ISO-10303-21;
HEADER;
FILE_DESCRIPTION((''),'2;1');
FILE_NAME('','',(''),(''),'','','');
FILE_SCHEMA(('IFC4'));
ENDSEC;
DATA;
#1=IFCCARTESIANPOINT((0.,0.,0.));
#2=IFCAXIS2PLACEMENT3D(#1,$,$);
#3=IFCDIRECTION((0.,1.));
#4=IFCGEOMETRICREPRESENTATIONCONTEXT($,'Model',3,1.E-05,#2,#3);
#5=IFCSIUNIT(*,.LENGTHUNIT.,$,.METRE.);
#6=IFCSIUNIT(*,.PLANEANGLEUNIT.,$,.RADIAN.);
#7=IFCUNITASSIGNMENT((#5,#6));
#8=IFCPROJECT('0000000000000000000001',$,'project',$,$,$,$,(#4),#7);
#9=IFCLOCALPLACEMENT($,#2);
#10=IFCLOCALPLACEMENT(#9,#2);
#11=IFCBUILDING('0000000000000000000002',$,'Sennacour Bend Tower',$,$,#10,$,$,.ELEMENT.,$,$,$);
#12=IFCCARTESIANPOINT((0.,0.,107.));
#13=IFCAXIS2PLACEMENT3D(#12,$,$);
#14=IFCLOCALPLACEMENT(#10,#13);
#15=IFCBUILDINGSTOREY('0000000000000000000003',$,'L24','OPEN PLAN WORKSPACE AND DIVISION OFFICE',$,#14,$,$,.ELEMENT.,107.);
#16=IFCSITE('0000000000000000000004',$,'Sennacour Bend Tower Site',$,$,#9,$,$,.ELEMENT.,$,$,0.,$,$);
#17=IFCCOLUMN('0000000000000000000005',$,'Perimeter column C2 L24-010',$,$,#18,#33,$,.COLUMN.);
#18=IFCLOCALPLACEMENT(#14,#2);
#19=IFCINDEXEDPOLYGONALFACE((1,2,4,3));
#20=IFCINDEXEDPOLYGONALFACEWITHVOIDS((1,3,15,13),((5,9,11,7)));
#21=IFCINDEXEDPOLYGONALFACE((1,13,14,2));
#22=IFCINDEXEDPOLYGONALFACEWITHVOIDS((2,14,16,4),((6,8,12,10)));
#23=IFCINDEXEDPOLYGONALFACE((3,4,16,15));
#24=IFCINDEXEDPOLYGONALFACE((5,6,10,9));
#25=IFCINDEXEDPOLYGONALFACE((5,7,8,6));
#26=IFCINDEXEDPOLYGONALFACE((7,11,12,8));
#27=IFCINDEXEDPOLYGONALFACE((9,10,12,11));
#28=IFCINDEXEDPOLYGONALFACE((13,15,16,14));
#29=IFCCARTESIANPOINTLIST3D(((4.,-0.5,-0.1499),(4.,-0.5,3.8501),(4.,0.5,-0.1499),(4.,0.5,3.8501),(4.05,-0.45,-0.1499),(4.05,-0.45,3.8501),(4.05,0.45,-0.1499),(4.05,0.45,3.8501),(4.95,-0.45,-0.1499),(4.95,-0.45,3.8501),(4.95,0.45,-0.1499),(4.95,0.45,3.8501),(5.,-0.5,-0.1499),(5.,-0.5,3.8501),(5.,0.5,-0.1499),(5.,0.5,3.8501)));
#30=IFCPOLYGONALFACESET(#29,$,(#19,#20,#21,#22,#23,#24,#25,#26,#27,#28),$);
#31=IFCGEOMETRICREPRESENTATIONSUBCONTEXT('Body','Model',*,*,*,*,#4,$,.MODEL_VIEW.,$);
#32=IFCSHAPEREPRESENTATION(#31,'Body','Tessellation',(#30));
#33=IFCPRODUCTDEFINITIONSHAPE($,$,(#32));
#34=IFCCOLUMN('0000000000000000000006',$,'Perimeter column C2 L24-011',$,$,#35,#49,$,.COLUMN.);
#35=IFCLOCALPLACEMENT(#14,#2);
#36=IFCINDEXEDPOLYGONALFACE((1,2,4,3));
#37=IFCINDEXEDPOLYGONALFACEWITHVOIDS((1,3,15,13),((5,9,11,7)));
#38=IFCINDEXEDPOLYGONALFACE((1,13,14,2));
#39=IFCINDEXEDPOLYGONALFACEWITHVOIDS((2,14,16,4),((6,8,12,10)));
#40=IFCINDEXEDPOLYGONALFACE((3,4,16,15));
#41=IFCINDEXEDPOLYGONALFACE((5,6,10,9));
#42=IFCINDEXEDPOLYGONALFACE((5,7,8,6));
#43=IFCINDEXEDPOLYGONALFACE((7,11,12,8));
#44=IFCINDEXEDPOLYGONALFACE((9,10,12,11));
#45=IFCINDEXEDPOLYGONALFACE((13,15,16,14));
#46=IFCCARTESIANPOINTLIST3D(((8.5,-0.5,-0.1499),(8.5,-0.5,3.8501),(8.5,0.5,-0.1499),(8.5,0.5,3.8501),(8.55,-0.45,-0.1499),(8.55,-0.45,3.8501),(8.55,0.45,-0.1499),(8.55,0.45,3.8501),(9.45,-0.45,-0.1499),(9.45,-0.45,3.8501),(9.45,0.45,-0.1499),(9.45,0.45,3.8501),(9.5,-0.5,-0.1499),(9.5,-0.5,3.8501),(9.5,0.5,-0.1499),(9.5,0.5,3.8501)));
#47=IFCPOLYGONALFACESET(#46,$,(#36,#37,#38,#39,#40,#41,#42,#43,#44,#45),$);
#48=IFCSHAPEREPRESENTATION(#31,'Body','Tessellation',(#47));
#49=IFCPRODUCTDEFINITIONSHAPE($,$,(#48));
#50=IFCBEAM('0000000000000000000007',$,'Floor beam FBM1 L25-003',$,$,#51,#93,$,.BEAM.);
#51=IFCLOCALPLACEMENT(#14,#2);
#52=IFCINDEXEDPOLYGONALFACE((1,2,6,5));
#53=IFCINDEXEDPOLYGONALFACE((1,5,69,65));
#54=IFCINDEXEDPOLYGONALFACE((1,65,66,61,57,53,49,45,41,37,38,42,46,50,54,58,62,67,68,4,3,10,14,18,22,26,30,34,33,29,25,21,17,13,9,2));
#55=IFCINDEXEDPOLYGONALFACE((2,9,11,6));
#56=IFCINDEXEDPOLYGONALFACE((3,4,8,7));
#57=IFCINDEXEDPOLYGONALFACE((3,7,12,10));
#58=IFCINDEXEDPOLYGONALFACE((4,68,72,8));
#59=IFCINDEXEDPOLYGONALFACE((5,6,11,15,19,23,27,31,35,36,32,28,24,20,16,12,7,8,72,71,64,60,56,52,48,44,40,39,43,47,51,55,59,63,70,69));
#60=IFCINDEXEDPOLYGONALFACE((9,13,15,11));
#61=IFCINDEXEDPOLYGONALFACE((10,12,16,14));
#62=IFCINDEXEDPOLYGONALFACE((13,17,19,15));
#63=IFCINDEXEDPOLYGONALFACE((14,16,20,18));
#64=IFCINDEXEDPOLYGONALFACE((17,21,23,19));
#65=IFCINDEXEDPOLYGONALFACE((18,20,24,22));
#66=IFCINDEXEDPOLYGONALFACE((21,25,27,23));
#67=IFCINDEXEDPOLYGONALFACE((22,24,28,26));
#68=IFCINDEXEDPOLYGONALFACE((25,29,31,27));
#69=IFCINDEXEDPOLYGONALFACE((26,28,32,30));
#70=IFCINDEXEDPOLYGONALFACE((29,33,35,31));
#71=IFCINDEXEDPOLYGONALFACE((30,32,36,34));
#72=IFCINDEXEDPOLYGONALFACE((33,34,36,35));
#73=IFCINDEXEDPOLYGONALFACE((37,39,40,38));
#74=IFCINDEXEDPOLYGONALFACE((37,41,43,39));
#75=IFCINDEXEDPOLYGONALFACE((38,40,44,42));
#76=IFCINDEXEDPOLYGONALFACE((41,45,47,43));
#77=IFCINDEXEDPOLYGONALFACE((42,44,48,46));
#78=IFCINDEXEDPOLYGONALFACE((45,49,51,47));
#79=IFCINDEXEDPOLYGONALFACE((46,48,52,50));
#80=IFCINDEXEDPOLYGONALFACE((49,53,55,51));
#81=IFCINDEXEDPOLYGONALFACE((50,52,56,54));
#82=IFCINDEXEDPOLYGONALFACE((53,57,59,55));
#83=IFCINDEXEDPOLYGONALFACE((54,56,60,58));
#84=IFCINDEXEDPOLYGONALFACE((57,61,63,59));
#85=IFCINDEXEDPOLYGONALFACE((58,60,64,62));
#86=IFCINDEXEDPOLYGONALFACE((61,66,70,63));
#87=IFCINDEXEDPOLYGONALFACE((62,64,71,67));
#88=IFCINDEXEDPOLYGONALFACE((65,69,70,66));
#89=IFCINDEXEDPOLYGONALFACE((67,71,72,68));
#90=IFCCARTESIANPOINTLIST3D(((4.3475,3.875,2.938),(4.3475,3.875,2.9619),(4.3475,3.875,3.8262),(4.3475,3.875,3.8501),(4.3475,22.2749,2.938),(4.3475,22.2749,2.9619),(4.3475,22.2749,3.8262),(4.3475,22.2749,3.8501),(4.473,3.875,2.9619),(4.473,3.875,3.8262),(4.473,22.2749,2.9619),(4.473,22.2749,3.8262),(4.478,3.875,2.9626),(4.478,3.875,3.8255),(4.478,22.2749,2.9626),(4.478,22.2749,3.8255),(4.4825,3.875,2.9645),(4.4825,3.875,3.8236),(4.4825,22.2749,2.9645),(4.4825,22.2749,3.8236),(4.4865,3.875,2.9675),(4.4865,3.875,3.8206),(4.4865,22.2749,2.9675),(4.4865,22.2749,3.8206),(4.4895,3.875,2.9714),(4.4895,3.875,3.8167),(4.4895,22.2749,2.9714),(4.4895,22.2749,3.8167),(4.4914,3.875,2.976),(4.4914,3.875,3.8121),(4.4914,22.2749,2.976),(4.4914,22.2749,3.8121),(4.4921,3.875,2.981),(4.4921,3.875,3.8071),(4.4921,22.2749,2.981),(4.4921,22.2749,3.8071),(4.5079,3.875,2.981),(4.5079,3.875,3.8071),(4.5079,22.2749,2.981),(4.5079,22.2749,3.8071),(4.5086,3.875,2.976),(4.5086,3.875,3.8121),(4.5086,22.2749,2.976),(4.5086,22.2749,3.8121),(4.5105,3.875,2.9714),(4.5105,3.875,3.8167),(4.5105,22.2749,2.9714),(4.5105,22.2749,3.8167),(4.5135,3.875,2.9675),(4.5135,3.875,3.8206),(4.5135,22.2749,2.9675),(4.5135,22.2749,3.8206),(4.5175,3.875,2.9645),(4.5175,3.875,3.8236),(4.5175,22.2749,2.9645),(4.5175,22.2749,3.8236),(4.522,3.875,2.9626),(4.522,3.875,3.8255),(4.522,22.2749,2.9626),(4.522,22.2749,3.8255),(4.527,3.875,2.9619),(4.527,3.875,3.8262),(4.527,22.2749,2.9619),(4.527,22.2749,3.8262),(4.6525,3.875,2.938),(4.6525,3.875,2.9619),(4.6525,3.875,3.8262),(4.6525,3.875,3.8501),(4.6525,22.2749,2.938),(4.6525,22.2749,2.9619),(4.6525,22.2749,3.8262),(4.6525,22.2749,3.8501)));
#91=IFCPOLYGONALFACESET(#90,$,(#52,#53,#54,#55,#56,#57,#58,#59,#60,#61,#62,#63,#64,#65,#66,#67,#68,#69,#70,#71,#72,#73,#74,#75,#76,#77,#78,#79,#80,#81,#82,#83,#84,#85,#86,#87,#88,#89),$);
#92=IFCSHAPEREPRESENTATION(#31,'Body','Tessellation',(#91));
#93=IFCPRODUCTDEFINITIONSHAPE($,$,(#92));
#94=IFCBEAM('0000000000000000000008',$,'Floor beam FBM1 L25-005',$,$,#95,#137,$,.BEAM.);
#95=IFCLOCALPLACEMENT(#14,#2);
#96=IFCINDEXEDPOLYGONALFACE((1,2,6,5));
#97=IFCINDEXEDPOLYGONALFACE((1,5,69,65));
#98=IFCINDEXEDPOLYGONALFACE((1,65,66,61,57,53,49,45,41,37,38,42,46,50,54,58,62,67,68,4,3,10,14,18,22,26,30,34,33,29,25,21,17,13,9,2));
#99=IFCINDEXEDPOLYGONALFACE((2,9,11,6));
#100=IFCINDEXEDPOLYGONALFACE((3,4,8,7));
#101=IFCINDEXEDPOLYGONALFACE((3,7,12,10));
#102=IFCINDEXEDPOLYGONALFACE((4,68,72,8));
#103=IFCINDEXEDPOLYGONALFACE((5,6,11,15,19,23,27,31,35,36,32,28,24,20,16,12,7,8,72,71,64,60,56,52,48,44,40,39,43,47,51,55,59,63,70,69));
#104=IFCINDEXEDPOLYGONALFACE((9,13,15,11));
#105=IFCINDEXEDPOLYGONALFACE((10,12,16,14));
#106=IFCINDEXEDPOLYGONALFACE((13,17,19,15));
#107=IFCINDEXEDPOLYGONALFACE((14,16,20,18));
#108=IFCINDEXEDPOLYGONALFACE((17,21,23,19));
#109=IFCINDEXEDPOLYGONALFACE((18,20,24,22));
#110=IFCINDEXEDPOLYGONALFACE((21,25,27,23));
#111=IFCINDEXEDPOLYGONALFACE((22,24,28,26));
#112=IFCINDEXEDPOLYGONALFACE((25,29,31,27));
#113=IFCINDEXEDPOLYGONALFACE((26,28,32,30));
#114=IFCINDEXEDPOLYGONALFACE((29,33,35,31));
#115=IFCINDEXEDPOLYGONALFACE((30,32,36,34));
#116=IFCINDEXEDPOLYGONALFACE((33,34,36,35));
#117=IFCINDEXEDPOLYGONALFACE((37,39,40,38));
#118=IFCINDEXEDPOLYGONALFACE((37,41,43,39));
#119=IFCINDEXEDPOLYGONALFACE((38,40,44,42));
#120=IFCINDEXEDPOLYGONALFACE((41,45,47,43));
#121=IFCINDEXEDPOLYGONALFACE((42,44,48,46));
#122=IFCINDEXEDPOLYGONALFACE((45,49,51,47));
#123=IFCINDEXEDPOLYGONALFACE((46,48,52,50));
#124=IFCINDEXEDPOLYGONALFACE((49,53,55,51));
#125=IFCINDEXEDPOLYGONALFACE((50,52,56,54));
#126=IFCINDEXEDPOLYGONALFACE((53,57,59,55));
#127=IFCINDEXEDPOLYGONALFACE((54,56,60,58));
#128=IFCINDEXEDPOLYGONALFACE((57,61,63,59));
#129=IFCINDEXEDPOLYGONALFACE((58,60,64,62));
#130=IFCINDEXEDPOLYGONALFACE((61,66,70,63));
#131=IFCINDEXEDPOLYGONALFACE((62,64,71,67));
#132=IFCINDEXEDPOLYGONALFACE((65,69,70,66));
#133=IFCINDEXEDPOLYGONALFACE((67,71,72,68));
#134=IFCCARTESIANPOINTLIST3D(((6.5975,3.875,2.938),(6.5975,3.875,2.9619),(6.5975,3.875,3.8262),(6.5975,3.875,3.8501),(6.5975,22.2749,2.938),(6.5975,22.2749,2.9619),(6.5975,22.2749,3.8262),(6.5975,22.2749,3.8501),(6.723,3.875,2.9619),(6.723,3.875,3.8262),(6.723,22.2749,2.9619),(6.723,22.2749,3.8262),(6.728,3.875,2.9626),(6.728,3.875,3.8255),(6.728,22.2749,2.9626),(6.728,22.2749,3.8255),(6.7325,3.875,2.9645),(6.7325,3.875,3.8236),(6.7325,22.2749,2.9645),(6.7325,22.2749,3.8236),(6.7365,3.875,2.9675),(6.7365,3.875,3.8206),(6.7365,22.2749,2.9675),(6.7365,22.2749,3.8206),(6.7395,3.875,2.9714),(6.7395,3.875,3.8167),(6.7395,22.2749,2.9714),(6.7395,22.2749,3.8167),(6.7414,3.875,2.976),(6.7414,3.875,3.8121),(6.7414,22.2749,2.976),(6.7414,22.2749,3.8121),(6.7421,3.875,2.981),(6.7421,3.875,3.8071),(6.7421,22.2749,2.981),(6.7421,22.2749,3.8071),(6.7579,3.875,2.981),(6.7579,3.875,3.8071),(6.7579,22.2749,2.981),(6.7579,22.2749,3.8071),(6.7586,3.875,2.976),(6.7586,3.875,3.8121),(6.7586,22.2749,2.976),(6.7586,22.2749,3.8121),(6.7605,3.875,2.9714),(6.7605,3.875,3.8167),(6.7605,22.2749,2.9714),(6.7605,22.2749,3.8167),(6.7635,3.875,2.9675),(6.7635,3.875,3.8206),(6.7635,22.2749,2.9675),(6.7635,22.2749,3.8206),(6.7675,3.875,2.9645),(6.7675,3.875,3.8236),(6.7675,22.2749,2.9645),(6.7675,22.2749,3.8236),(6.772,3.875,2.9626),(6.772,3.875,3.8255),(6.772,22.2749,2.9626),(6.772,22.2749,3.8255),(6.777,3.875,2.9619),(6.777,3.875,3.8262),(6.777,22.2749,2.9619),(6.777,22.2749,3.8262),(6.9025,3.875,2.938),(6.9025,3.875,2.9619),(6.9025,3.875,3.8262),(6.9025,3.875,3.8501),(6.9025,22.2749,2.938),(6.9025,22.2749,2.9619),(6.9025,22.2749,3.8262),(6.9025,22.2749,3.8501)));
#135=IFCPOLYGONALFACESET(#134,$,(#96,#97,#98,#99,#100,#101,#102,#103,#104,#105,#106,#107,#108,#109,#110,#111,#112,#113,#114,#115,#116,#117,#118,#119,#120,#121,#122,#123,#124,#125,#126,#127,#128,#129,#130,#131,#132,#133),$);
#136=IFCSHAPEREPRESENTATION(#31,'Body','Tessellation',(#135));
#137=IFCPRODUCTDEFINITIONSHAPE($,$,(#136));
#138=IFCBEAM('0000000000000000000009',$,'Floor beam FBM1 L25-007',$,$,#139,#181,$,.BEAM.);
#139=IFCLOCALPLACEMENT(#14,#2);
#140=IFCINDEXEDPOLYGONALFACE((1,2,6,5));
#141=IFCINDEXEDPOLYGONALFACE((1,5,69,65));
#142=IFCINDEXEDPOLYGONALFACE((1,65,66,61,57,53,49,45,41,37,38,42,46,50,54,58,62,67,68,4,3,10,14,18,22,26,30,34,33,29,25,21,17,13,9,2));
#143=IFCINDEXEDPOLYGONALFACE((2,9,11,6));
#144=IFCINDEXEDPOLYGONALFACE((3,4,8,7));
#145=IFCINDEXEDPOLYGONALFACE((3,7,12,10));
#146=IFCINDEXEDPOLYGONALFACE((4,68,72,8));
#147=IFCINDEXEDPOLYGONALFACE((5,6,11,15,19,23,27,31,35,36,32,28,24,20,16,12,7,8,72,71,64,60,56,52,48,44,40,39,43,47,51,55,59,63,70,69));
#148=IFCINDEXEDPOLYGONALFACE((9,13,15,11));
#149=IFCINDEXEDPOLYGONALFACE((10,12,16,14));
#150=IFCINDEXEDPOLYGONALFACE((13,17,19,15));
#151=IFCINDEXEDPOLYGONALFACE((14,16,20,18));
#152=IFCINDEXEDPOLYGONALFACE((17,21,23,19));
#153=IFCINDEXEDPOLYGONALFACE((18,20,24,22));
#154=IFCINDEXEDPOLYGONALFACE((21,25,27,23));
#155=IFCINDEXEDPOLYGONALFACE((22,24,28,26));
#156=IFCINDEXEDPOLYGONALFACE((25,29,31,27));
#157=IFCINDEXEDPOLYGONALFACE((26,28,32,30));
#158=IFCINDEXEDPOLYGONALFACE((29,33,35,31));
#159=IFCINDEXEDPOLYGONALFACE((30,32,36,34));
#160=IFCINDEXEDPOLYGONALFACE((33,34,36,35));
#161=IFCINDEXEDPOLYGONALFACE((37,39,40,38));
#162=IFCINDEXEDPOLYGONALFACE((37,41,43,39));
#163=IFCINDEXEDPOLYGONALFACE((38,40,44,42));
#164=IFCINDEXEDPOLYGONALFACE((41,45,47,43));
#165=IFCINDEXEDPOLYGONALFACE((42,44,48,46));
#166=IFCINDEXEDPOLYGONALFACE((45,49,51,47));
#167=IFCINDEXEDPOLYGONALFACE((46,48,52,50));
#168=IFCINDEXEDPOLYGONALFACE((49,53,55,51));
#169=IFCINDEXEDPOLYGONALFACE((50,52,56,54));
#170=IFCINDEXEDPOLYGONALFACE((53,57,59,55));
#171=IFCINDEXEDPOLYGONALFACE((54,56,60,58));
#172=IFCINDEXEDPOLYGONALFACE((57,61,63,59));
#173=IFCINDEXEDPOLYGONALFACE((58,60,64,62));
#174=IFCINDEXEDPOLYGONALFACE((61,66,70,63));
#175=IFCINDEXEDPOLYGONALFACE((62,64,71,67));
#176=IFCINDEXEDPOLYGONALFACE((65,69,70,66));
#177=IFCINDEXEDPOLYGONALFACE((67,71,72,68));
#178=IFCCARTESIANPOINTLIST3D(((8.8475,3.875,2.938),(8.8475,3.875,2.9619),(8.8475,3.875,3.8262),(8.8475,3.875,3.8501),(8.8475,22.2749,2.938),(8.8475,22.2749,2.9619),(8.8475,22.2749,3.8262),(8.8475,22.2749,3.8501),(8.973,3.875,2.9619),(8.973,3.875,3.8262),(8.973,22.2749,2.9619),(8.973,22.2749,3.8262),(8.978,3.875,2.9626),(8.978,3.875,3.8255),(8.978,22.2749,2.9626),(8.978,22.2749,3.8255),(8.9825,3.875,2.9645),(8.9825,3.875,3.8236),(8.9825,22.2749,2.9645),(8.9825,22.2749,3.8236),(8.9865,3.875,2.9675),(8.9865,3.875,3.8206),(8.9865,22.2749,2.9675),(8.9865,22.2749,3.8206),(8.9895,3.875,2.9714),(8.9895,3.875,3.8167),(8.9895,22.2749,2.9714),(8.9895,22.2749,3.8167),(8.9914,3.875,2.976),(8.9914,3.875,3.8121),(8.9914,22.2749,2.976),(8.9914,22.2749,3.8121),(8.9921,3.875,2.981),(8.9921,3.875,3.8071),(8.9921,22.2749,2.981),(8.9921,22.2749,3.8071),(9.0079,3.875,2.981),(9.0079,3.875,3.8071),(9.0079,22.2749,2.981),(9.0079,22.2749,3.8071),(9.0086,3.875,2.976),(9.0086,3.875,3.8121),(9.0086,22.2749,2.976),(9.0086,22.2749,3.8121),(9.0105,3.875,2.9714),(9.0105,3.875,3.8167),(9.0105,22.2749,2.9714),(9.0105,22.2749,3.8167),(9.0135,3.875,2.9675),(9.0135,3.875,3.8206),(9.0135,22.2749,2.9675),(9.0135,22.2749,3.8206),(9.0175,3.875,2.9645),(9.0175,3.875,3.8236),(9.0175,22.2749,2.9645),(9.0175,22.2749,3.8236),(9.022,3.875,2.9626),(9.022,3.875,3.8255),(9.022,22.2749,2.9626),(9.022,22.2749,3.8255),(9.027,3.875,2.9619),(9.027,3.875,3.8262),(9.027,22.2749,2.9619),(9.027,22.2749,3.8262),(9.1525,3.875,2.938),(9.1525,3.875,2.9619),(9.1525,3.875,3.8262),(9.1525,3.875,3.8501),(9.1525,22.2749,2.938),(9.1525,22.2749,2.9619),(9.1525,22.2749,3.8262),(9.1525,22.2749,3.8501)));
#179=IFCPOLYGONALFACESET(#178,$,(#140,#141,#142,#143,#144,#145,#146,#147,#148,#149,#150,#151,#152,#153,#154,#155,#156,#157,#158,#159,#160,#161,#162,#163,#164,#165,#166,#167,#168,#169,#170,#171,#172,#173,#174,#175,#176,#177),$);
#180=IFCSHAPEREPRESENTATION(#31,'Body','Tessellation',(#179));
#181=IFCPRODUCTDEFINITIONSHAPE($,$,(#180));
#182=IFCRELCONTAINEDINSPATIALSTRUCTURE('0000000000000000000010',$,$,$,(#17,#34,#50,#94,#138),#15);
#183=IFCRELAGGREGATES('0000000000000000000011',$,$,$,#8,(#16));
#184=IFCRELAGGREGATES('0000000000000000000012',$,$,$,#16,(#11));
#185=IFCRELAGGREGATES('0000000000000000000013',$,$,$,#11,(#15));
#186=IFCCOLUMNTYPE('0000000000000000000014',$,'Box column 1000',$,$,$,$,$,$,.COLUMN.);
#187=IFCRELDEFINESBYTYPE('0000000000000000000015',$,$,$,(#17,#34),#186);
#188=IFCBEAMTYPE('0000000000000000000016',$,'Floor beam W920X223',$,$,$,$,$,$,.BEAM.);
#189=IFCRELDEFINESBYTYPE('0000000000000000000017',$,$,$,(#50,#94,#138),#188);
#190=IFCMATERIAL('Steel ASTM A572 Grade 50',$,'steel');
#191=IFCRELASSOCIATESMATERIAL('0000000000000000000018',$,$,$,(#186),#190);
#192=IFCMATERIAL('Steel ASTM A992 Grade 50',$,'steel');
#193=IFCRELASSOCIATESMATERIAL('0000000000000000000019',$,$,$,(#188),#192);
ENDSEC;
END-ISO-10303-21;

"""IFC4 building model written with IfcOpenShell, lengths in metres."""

from ifc_helpers import new_model, si_unit, direction, frame, origin, origin_2d, place, context, subcontext, project, spatial, hollow_rectangle, i_section, extrude, material, material_profile, profile_set, type_object, element, save


model = new_model("IFC4")

# Units and contexts
model_context = context("Model", 3, precision=1e-05, world=origin(), true_north=direction((0.0, 1.0)))
body_context = subcontext(model_context, "Body", "Model", "MODEL_VIEW")
ifc_project = project(units=[si_unit("LENGTHUNIT", "METRE"), si_unit("PLANEANGLEUNIT", "RADIAN")], contexts=[model_context])

# Site, building, storey
site_placement = place(None, origin())
site = spatial("IfcSite", under=ifc_project, at=site_placement, Name="Sennacour Bend Tower Site", CompositionType="ELEMENT", RefElevation=0.0)
building_placement = place(site_placement, origin())
building = spatial("IfcBuilding", under=site, at=building_placement, Name="Sennacour Bend Tower", CompositionType="ELEMENT")
storey_placement = place(building_placement, frame((0.0, 0.0, 107.0)))
storey = spatial("IfcBuildingStorey", under=building, at=storey_placement, Name="L24", Description="OPEN PLAN WORKSPACE AND DIVISION OFFICE", CompositionType="ELEMENT", Elevation=107.0)

# Columns
ifc_material_1 = material(Name="Steel ASTM A572 Grade 50", Category="steel")
ifc_material_profile_1 = material_profile(ifc_material_1, hollow_rectangle(XDim=1.0, YDim=1.0, WallThickness=0.05, at=origin_2d()), Name="Steel ASTM A572 Grade 50", Category="steel")
ifc_profile_set_1 = profile_set([ifc_material_profile_1], Name="Steel ASTM A572 Grade 50")
column_type = type_object("IfcColumnType", Name="Box column 1000", PredefinedType="COLUMN", material=ifc_profile_set_1)
for number, where, z_axis, x_axis, name in (
    (1, (4.5, 0.0, -0.1499), (0.0, 0.0, 1.0), (1.0, 0.0, 0.0), "Perimeter column C2 L24-010"),
    (2, (9.0, 0.0, -0.1499), (0.0, 0.0, 1.0), (1.0, 0.0, 0.0), "Perimeter column C2 L24-011"),
):
    element("IfcColumn", number, at=place(storey_placement, frame(where, z_axis=z_axis, x_axis=x_axis)), inside=storey, type_object=column_type, Name=name, PredefinedType="COLUMN", context=body_context, shape_type="SweptSolid", body=[
        extrude(hollow_rectangle(XDim=1.0, YDim=1.0, WallThickness=0.05, at=origin_2d()), origin(), (0.0, 0.0, 1.0), 4.0),
    ])

# Beams
ifc_material_2 = material(Name="Steel ASTM A992 Grade 50", Category="steel")
ifc_material_profile_2 = material_profile(ifc_material_2, i_section(OverallWidth=0.3049, OverallDepth=0.9121, WebThickness=0.0159, FlangeThickness=0.0239, FilletRadius=0.019, at=origin_2d()), Name="Steel ASTM A992 Grade 50", Category="steel")
ifc_profile_set_2 = profile_set([ifc_material_profile_2], Name="Steel ASTM A992 Grade 50")
beam_type_1 = type_object("IfcBeamType", Name="Floor beam W920X223", PredefinedType="BEAM", material=ifc_profile_set_2)
for number, where, z_axis, x_axis, name in (
    (3, (4.5, 3.875, 3.394), (0.0, 1.0, 0.0), (-1.0, 0.0, 0.0), "Floor beam FBM1 L25-003"),
    (4, (6.75, 3.875, 3.394), (0.0, 1.0, 0.0), (-1.0, 0.0, 0.0), "Floor beam FBM1 L25-005"),
    (5, (9.0, 3.875, 3.394), (0.0, 1.0, 0.0), (-1.0, 0.0, 0.0), "Floor beam FBM1 L25-007"),
):
    element("IfcBeam", number, at=place(storey_placement, frame(where, z_axis=z_axis, x_axis=x_axis)), inside=storey, type_object=beam_type_1, Name=name, PredefinedType="BEAM", context=body_context, shape_type="SweptSolid", body=[
        extrude(i_section(OverallWidth=0.3049, OverallDepth=0.9121, WebThickness=0.0159, FlangeThickness=0.0239, FilletRadius=0.019, at=origin_2d()), origin(), (0.0, 0.0, 1.0), 18.3999),
    ])

save(model, "model.ifc")
